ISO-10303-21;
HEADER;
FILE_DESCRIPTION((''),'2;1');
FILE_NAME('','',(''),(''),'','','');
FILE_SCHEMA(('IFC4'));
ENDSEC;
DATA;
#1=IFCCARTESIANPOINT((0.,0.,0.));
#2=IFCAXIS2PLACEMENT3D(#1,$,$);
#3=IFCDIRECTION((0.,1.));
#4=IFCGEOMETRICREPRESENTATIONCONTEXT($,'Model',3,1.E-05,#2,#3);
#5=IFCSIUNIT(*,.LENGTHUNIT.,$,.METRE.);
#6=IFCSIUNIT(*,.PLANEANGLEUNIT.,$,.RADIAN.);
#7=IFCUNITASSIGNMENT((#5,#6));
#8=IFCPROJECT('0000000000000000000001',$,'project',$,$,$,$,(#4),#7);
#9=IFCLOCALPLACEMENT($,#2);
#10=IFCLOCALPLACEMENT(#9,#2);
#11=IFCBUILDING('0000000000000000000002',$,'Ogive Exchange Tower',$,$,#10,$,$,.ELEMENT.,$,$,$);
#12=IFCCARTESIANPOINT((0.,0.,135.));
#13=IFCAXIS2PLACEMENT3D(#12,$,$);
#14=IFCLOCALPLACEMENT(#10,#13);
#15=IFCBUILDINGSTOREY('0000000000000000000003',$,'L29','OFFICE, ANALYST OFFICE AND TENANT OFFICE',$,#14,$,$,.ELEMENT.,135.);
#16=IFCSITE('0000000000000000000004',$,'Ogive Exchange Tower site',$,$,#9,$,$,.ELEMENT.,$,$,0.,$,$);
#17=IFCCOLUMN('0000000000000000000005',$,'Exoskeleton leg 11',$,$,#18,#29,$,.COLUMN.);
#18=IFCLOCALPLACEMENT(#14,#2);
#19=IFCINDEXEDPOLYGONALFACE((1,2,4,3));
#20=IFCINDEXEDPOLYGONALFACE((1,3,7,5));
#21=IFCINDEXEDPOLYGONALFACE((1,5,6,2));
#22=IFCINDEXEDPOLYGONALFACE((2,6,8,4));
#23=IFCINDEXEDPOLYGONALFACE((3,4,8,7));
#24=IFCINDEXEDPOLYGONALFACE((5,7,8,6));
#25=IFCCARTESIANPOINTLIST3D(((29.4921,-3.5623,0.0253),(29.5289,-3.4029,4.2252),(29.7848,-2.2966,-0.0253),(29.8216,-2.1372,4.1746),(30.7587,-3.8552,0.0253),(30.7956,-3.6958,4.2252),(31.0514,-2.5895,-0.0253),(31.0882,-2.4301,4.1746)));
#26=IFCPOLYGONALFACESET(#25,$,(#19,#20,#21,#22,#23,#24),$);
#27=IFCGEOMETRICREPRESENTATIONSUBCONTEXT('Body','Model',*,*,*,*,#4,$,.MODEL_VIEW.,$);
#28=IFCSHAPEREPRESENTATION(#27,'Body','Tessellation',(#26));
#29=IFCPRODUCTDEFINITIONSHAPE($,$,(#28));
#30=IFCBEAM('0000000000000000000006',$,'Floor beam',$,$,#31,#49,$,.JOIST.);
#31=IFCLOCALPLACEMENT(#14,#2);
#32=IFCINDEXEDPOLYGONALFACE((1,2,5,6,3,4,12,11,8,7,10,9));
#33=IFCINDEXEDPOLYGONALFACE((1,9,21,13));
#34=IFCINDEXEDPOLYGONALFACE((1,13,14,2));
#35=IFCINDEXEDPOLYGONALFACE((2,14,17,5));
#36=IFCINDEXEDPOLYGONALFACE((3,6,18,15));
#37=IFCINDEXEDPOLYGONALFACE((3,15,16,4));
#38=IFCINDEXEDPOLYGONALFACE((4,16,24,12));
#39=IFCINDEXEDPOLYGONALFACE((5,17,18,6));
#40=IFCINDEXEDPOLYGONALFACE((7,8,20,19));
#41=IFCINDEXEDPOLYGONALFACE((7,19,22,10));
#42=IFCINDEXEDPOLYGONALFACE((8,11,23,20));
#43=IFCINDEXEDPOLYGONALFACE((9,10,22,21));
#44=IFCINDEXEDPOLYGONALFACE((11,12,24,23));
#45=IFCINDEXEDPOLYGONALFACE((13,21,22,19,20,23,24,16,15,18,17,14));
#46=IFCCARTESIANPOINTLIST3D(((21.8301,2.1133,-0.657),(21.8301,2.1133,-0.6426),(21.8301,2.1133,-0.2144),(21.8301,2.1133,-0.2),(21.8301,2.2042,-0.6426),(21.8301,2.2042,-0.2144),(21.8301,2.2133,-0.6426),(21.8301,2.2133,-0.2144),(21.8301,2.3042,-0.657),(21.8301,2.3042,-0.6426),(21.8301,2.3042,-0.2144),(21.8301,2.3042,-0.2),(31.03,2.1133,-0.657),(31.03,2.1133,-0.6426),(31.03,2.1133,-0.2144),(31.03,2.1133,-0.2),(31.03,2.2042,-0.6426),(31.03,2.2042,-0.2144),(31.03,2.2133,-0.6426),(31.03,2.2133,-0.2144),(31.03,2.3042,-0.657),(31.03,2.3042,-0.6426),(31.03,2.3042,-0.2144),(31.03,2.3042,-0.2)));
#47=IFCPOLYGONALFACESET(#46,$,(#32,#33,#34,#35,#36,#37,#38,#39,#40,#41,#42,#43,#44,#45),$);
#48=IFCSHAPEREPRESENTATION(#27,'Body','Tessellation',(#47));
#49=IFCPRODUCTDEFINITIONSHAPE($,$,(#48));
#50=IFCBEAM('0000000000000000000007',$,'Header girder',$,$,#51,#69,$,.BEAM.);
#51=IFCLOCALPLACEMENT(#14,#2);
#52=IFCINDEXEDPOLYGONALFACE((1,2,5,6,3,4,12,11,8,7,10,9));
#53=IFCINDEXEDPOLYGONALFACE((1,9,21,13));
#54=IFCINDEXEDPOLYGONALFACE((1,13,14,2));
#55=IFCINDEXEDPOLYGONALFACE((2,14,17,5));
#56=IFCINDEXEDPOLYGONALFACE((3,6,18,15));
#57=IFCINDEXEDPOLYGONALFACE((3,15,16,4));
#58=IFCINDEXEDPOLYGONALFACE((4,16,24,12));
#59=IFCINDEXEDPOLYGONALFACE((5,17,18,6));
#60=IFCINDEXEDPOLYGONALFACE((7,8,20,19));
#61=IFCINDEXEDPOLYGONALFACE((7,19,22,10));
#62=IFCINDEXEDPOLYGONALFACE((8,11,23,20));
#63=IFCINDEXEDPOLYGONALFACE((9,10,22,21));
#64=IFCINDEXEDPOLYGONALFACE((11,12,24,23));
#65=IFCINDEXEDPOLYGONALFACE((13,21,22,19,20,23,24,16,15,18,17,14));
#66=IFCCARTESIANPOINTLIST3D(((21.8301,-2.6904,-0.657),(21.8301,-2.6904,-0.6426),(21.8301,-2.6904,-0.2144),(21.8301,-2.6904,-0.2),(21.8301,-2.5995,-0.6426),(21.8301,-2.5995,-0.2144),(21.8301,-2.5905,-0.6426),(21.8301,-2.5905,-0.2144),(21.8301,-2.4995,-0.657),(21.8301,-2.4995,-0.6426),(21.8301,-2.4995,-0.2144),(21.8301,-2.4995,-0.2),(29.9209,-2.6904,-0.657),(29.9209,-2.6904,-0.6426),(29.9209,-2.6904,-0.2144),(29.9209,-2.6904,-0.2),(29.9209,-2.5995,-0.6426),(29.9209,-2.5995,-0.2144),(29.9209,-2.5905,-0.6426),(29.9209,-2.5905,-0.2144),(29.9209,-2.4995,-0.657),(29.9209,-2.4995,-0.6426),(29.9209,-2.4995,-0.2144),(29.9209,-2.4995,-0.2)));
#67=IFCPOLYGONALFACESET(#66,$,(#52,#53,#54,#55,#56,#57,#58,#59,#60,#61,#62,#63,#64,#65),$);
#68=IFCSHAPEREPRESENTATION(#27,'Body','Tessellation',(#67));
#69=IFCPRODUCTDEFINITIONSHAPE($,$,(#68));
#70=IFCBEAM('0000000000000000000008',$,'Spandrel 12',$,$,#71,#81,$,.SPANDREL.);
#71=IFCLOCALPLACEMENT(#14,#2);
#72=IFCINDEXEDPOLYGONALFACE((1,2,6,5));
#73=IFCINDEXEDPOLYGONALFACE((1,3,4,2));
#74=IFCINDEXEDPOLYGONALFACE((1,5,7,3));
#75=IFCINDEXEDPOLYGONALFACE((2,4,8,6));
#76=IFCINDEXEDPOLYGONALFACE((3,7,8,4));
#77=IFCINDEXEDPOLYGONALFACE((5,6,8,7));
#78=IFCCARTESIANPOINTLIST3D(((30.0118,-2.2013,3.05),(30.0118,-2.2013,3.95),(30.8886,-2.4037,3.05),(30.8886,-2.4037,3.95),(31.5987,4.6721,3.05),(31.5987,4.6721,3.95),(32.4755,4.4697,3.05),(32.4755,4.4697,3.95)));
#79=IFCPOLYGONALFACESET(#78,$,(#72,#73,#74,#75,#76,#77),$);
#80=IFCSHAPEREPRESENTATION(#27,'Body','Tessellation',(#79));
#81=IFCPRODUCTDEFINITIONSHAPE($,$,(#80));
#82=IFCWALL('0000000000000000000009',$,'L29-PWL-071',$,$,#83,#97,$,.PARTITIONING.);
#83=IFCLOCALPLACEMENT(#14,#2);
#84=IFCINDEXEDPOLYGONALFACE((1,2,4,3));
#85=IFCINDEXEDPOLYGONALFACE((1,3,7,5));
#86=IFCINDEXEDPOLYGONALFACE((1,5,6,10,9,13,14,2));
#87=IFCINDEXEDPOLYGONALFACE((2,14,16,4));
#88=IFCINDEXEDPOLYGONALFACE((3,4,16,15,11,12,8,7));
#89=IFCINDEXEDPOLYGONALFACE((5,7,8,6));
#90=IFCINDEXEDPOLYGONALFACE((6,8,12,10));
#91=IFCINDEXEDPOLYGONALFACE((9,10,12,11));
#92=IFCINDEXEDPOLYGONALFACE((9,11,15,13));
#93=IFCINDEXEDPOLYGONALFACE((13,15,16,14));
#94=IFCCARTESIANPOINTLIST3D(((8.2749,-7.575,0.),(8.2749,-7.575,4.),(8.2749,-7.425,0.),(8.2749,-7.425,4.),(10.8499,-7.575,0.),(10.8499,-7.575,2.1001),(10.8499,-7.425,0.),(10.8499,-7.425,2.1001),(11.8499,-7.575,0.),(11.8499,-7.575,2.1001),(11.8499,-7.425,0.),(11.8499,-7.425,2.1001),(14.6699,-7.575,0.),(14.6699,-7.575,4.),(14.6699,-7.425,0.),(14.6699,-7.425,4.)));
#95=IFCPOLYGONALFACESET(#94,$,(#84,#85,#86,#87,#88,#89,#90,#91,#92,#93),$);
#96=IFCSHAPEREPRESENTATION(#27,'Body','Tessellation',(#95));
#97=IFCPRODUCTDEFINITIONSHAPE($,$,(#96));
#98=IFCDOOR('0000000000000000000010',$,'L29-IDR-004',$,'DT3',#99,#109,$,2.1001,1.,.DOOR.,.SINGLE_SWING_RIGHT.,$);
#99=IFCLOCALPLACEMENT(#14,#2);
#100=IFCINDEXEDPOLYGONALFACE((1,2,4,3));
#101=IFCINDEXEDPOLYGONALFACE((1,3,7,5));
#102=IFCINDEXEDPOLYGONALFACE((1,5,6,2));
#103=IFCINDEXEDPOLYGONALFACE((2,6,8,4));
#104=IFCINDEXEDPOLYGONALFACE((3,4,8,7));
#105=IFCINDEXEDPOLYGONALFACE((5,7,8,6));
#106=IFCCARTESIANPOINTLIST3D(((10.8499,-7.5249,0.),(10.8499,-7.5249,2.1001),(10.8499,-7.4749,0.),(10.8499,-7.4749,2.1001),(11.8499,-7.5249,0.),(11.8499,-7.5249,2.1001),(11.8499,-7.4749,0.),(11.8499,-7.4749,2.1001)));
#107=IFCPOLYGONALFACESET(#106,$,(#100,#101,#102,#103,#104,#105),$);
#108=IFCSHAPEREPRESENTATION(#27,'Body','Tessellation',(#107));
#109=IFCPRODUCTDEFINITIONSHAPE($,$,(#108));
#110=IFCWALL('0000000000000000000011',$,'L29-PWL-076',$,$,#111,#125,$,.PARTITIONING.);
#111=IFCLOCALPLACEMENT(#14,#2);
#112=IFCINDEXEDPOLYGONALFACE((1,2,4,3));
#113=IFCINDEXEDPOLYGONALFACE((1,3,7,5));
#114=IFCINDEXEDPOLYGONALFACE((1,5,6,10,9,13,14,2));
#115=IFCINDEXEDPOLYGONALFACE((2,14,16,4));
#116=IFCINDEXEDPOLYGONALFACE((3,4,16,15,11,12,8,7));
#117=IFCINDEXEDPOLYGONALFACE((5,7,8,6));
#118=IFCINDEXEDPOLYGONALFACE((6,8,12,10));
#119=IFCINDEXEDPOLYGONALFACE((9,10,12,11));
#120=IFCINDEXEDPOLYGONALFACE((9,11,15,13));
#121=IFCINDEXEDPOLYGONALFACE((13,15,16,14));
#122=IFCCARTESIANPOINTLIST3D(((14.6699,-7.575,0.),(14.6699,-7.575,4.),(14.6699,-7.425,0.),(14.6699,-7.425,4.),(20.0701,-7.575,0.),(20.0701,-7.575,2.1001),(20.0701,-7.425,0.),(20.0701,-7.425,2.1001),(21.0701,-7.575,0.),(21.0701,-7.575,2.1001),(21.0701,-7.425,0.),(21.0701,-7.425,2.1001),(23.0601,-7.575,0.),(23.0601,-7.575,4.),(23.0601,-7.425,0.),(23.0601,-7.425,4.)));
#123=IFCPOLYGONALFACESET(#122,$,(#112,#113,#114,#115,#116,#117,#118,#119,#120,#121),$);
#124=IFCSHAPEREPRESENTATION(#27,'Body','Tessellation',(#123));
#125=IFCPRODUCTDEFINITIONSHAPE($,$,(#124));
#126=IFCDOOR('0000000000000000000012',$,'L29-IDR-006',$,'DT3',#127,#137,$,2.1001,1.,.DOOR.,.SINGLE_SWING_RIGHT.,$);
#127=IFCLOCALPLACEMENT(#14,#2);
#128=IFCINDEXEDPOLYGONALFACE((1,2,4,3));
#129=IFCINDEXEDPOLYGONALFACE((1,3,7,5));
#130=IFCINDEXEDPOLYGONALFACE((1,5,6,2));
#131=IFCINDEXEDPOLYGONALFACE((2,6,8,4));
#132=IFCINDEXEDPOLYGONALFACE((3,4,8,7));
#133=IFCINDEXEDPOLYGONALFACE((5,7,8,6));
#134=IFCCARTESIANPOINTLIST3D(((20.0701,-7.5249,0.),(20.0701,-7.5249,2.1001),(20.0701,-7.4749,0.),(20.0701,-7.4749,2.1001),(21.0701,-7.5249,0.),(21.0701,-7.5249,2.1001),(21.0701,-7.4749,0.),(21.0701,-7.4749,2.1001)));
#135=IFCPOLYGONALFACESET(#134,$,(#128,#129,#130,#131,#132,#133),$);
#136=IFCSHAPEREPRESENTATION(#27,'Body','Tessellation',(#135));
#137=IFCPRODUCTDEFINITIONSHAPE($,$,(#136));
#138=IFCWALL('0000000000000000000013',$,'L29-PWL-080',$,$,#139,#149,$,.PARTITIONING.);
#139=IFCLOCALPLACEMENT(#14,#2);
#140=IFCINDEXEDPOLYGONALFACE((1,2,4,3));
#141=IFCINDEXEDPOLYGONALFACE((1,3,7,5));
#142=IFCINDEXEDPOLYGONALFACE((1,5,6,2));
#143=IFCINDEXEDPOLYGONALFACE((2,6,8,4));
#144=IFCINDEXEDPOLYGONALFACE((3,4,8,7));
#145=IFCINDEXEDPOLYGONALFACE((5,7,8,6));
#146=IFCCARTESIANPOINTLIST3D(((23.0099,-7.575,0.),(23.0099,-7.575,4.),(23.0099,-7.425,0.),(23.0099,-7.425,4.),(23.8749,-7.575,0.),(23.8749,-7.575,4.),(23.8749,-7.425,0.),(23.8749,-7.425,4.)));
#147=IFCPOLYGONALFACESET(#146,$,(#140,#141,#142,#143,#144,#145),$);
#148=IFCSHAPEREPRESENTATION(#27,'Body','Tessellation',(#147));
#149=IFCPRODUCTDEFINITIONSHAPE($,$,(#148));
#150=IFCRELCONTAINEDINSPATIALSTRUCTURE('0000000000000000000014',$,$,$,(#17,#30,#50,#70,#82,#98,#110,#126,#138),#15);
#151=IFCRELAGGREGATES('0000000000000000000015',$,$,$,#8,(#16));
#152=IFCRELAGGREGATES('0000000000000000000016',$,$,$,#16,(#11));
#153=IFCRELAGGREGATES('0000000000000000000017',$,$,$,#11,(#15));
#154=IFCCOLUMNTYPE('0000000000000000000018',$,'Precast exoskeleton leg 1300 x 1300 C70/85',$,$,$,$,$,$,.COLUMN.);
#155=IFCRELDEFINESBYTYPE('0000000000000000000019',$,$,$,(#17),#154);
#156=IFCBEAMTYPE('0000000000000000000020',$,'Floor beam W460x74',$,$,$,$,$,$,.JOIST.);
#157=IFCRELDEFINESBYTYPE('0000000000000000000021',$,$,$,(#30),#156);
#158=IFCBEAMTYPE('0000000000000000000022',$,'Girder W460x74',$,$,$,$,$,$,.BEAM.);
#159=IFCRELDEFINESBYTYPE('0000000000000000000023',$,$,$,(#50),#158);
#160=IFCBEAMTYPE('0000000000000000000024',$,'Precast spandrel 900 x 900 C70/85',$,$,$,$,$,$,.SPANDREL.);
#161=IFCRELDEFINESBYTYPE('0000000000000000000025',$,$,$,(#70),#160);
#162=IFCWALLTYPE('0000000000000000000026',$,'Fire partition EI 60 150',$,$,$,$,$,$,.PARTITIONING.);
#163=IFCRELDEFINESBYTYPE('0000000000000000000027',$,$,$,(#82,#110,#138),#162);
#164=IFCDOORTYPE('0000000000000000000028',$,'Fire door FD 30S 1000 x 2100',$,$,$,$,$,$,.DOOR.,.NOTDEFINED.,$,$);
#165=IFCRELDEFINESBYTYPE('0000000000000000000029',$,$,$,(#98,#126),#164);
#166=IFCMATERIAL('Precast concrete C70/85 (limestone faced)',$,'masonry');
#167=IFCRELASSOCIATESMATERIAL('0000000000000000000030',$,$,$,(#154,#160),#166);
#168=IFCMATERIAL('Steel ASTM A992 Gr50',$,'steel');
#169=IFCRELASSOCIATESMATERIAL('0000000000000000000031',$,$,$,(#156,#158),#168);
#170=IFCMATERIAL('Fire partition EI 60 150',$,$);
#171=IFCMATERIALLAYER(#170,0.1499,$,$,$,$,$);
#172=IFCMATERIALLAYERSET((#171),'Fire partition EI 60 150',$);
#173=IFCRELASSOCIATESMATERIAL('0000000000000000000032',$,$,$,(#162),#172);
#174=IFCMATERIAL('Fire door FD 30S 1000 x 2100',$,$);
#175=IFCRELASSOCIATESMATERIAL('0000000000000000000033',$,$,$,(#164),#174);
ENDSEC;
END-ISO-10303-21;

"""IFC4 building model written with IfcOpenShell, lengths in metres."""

from ifc_helpers import new_model, si_unit, direction, frame, frame_2d, origin, origin_2d, place, context, subcontext, project, spatial, rectangle, i_section, extrude, material, layer, layer_set, material_profile, profile_set, type_object, element, fill, save


model = new_model("IFC4")

# Units and contexts
model_context = context("Model", 3, precision=1e-05, world=origin(), true_north=direction((0.0, 1.0)))
body_context = subcontext(model_context, "Body", "Model", "MODEL_VIEW")
ifc_project = project(units=[si_unit("LENGTHUNIT", "METRE"), si_unit("PLANEANGLEUNIT", "RADIAN")], contexts=[model_context])

# Site, building, storey
site_placement = place(None, origin())
site = spatial("IfcSite", under=ifc_project, at=site_placement, Name="Ogive Exchange Tower site", CompositionType="ELEMENT", RefElevation=0.0)
building_placement = place(site_placement, origin())
building = spatial("IfcBuilding", under=site, at=building_placement, Name="Ogive Exchange Tower", CompositionType="ELEMENT")
storey_placement = place(building_placement, frame((0.0, 0.0, 135.0)))
storey = spatial("IfcBuildingStorey", under=building, at=storey_placement, Name="L29", Description="OFFICE, ANALYST OFFICE AND TENANT OFFICE", CompositionType="ELEMENT", Elevation=135.0)

# Column
ifc_material_1 = material(Name="Precast concrete C70/85 (limestone faced)", Category="masonry")
ifc_material_profile_1 = material_profile(ifc_material_1, rectangle(XDim=1.3, YDim=1.3, at=origin_2d()), Name="1300 x 1300")
ifc_profile_set_1 = profile_set([ifc_material_profile_1], Name="Precast concrete C70/85 (limestone faced)")
column_type = type_object("IfcColumnType", Name="Precast exoskeleton leg 1300 x 1300 C70/85", PredefinedType="COLUMN", material=ifc_profile_set_1)
column_placement = place(storey_placement, frame((30.2717, -3.0759, 0.0), z_axis=(0.008771, 0.03793, 0.999242), x_axis=(-0.974291, 0.225295, 0.0)))
element("IfcColumn", 1, at=column_placement, inside=storey, type_object=column_type, Name="Exoskeleton leg 11", PredefinedType="COLUMN", context=body_context, shape_type="SweptSolid", body=[
    extrude(rectangle(XDim=1.3, YDim=1.3, at=origin_2d()), origin(), (0.0, 0.0, 1.0), 4.2031),
])

# Beams
ifc_material_2 = material(Name="Steel ASTM A992 Gr50", Category="steel")
ifc_material_profile_2 = material_profile(ifc_material_2, i_section(OverallWidth=0.1909, OverallDepth=0.457, WebThickness=0.009, FlangeThickness=0.0144, at=origin_2d()), Name="W460x74")
ifc_profile_set_2 = profile_set([ifc_material_profile_2], Name="Steel ASTM A992 Gr50")
beam_type_1 = type_object("IfcBeamType", Name="Floor beam W460x74", PredefinedType="JOIST", material=ifc_profile_set_2)
beam_1_placement = place(storey_placement, frame((21.8301, 2.2087, -0.4285), z_axis=(1.0, 0.0, 0.0), x_axis=(0.0, 1.0, 0.0)))
element("IfcBeam", 2, at=beam_1_placement, inside=storey, type_object=beam_type_1, Name="Floor beam", PredefinedType="JOIST", context=body_context, shape_type="SweptSolid", body=[
    extrude(i_section(OverallWidth=0.1909, OverallDepth=0.457, WebThickness=0.009, FlangeThickness=0.0144, at=origin_2d()), origin(), (0.0, 0.0, 1.0), 9.2),
])
ifc_material_profile_3 = material_profile(ifc_material_2, i_section(OverallWidth=0.1909, OverallDepth=0.457, WebThickness=0.009, FlangeThickness=0.0144, at=origin_2d()), Name="W460x74")
ifc_profile_set_3 = profile_set([ifc_material_profile_3], Name="Steel ASTM A992 Gr50")
beam_type_2 = type_object("IfcBeamType", Name="Girder W460x74", PredefinedType="BEAM", material=ifc_profile_set_3)
beam_2_placement = place(storey_placement, frame((21.8301, -2.595, -0.4285), z_axis=(1.0, 0.0, 0.0), x_axis=(0.0, 1.0, 0.0)))
element("IfcBeam", 3, at=beam_2_placement, inside=storey, type_object=beam_type_2, Name="Header girder", PredefinedType="BEAM", context=body_context, shape_type="SweptSolid", body=[
    extrude(i_section(OverallWidth=0.1909, OverallDepth=0.457, WebThickness=0.009, FlangeThickness=0.0144, at=origin_2d()), origin(), (0.0, 0.0, 1.0), 8.0908),
])
ifc_material_profile_4 = material_profile(ifc_material_1, rectangle(XDim=0.8999, YDim=0.8999, at=origin_2d()), Name="900 x 900")
ifc_profile_set_4 = profile_set([ifc_material_profile_4], Name="Precast concrete C70/85 (limestone faced)")
beam_type_3 = type_object("IfcBeamType", Name="Precast spandrel 900 x 900 C70/85", PredefinedType="SPANDREL", material=ifc_profile_set_4)
beam_3_placement = place(storey_placement, frame((30.4502, -2.3025, 3.5), z_axis=(0.224963, 0.974367, 0.0), x_axis=(-0.974367, 0.224963, 0.0)))
element("IfcBeam", 4, at=beam_3_placement, inside=storey, type_object=beam_type_3, Name="Spandrel 12", PredefinedType="SPANDREL", context=body_context, shape_type="SweptSolid", body=[
    extrude(rectangle(XDim=0.8999, YDim=0.8999, at=origin_2d()), origin(), (0.0, 0.0, 1.0), 7.0542),
])

# Walls, openings, doors
ifc_material_3 = material(Name="Fire partition EI 60 150")
ifc_layer_1 = layer(ifc_material_3, 0.1499)
ifc_layer_set_1 = layer_set([ifc_layer_1], Name="Fire partition EI 60 150")
wall_type_1 = type_object("IfcWallType", Name="Fire partition EI 60 150", PredefinedType="PARTITIONING", material=ifc_layer_set_1)
wall_1_placement = place(storey_placement, frame((14.6699, -7.5, 0.0), z_axis=(0.0, 0.0, 1.0), x_axis=(-1.0, 0.0, 0.0)))
wall_1 = element("IfcWall", 5, at=wall_1_placement, inside=storey, type_object=wall_type_1, Name="L29-PWL-071", PredefinedType="PARTITIONING", context=body_context, shape_type="SweptSolid", body=[
    extrude(rectangle(XDim=6.395, YDim=0.1499, at=frame_2d((3.1975, 0.0))), origin(), (0.0, 0.0, 1.0), 4.0),
])
opening_1_placement = place(wall_1_placement, frame((2.8201, 0.0, 0.0)))
opening_1 = element("IfcOpeningElement", 6, at=opening_1_placement, cuts=wall_1, PredefinedType="OPENING", context=body_context, shape_type="SweptSolid", body=[
    extrude(rectangle(XDim=1.0, YDim=2.1001, at=frame_2d((0.5, 1.05))), frame((0.0, 0.085, 0.0), z_axis=(0.0, -1.0, 0.0), x_axis=(1.0, 0.0, 0.0)), (0.0, 0.0, 1.0), 0.1699),
])
ifc_material_4 = material(Name="Fire door FD 30S 1000 x 2100")
door_type_1 = type_object("IfcDoorType", Name="Fire door FD 30S 1000 x 2100", OperationType="NOTDEFINED", PredefinedType="DOOR", material=ifc_material_4)
door_1_placement = place(opening_1_placement, origin())
door_1 = element("IfcDoor", 7, at=door_1_placement, inside=storey, type_object=door_type_1, Name="L29-IDR-004", ObjectType="DT3", OperationType="SINGLE_SWING_RIGHT", OverallHeight=2.1001, OverallWidth=1.0, PredefinedType="DOOR", context=body_context, shape_type="SweptSolid", body=[
    extrude(rectangle(XDim=1.0, YDim=2.1001, at=frame_2d((0.5, 1.05))), frame((0.0, 0.0249, 0.0), z_axis=(0.0, -1.0, 0.0), x_axis=(1.0, 0.0, 0.0)), (0.0, 0.0, 1.0), 0.05),
])
fill(opening_1, door_1)
wall_2_placement = place(storey_placement, frame((23.0601, -7.5, 0.0), z_axis=(0.0, 0.0, 1.0), x_axis=(-1.0, 0.0, 0.0)))
wall_2 = element("IfcWall", 8, at=wall_2_placement, inside=storey, type_object=wall_type_1, Name="L29-PWL-076", PredefinedType="PARTITIONING", context=body_context, shape_type="SweptSolid", body=[
    extrude(rectangle(XDim=8.3901, YDim=0.1499, at=frame_2d((4.1951, 0.0))), origin(), (0.0, 0.0, 1.0), 4.0),
])
opening_2_placement = place(wall_2_placement, frame((1.99, 0.0, 0.0)))
opening_2 = element("IfcOpeningElement", 9, at=opening_2_placement, cuts=wall_2, PredefinedType="OPENING", context=body_context, shape_type="SweptSolid", body=[
    extrude(rectangle(XDim=1.0, YDim=2.1001, at=frame_2d((0.5, 1.05))), frame((0.0, 0.085, 0.0), z_axis=(0.0, -1.0, 0.0), x_axis=(1.0, 0.0, 0.0)), (0.0, 0.0, 1.0), 0.1699),
])
door_2_placement = place(opening_2_placement, origin())
door_2 = element("IfcDoor", 10, at=door_2_placement, inside=storey, type_object=door_type_1, Name="L29-IDR-006", ObjectType="DT3", OperationType="SINGLE_SWING_RIGHT", OverallHeight=2.1001, OverallWidth=1.0, PredefinedType="DOOR", context=body_context, shape_type="SweptSolid", body=[
    extrude(rectangle(XDim=1.0, YDim=2.1001, at=frame_2d((0.5, 1.05))), frame((0.0, 0.0249, 0.0), z_axis=(0.0, -1.0, 0.0), x_axis=(1.0, 0.0, 0.0)), (0.0, 0.0, 1.0), 0.05),
])
fill(opening_2, door_2)

# Wall
wall_3_placement = place(storey_placement, frame((23.875, -7.5, 0.0), z_axis=(0.0, 0.0, 1.0), x_axis=(-1.0, 0.0, 0.0)))
element("IfcWall", 11, at=wall_3_placement, inside=storey, type_object=wall_type_1, Name="L29-PWL-080", PredefinedType="PARTITIONING", context=body_context, shape_type="SweptSolid", body=[
    extrude(rectangle(XDim=0.865, YDim=0.1499, at=frame_2d((0.4326, 0.0))), origin(), (0.0, 0.0, 1.0), 4.0),
])

save(model, "model.ifc")
